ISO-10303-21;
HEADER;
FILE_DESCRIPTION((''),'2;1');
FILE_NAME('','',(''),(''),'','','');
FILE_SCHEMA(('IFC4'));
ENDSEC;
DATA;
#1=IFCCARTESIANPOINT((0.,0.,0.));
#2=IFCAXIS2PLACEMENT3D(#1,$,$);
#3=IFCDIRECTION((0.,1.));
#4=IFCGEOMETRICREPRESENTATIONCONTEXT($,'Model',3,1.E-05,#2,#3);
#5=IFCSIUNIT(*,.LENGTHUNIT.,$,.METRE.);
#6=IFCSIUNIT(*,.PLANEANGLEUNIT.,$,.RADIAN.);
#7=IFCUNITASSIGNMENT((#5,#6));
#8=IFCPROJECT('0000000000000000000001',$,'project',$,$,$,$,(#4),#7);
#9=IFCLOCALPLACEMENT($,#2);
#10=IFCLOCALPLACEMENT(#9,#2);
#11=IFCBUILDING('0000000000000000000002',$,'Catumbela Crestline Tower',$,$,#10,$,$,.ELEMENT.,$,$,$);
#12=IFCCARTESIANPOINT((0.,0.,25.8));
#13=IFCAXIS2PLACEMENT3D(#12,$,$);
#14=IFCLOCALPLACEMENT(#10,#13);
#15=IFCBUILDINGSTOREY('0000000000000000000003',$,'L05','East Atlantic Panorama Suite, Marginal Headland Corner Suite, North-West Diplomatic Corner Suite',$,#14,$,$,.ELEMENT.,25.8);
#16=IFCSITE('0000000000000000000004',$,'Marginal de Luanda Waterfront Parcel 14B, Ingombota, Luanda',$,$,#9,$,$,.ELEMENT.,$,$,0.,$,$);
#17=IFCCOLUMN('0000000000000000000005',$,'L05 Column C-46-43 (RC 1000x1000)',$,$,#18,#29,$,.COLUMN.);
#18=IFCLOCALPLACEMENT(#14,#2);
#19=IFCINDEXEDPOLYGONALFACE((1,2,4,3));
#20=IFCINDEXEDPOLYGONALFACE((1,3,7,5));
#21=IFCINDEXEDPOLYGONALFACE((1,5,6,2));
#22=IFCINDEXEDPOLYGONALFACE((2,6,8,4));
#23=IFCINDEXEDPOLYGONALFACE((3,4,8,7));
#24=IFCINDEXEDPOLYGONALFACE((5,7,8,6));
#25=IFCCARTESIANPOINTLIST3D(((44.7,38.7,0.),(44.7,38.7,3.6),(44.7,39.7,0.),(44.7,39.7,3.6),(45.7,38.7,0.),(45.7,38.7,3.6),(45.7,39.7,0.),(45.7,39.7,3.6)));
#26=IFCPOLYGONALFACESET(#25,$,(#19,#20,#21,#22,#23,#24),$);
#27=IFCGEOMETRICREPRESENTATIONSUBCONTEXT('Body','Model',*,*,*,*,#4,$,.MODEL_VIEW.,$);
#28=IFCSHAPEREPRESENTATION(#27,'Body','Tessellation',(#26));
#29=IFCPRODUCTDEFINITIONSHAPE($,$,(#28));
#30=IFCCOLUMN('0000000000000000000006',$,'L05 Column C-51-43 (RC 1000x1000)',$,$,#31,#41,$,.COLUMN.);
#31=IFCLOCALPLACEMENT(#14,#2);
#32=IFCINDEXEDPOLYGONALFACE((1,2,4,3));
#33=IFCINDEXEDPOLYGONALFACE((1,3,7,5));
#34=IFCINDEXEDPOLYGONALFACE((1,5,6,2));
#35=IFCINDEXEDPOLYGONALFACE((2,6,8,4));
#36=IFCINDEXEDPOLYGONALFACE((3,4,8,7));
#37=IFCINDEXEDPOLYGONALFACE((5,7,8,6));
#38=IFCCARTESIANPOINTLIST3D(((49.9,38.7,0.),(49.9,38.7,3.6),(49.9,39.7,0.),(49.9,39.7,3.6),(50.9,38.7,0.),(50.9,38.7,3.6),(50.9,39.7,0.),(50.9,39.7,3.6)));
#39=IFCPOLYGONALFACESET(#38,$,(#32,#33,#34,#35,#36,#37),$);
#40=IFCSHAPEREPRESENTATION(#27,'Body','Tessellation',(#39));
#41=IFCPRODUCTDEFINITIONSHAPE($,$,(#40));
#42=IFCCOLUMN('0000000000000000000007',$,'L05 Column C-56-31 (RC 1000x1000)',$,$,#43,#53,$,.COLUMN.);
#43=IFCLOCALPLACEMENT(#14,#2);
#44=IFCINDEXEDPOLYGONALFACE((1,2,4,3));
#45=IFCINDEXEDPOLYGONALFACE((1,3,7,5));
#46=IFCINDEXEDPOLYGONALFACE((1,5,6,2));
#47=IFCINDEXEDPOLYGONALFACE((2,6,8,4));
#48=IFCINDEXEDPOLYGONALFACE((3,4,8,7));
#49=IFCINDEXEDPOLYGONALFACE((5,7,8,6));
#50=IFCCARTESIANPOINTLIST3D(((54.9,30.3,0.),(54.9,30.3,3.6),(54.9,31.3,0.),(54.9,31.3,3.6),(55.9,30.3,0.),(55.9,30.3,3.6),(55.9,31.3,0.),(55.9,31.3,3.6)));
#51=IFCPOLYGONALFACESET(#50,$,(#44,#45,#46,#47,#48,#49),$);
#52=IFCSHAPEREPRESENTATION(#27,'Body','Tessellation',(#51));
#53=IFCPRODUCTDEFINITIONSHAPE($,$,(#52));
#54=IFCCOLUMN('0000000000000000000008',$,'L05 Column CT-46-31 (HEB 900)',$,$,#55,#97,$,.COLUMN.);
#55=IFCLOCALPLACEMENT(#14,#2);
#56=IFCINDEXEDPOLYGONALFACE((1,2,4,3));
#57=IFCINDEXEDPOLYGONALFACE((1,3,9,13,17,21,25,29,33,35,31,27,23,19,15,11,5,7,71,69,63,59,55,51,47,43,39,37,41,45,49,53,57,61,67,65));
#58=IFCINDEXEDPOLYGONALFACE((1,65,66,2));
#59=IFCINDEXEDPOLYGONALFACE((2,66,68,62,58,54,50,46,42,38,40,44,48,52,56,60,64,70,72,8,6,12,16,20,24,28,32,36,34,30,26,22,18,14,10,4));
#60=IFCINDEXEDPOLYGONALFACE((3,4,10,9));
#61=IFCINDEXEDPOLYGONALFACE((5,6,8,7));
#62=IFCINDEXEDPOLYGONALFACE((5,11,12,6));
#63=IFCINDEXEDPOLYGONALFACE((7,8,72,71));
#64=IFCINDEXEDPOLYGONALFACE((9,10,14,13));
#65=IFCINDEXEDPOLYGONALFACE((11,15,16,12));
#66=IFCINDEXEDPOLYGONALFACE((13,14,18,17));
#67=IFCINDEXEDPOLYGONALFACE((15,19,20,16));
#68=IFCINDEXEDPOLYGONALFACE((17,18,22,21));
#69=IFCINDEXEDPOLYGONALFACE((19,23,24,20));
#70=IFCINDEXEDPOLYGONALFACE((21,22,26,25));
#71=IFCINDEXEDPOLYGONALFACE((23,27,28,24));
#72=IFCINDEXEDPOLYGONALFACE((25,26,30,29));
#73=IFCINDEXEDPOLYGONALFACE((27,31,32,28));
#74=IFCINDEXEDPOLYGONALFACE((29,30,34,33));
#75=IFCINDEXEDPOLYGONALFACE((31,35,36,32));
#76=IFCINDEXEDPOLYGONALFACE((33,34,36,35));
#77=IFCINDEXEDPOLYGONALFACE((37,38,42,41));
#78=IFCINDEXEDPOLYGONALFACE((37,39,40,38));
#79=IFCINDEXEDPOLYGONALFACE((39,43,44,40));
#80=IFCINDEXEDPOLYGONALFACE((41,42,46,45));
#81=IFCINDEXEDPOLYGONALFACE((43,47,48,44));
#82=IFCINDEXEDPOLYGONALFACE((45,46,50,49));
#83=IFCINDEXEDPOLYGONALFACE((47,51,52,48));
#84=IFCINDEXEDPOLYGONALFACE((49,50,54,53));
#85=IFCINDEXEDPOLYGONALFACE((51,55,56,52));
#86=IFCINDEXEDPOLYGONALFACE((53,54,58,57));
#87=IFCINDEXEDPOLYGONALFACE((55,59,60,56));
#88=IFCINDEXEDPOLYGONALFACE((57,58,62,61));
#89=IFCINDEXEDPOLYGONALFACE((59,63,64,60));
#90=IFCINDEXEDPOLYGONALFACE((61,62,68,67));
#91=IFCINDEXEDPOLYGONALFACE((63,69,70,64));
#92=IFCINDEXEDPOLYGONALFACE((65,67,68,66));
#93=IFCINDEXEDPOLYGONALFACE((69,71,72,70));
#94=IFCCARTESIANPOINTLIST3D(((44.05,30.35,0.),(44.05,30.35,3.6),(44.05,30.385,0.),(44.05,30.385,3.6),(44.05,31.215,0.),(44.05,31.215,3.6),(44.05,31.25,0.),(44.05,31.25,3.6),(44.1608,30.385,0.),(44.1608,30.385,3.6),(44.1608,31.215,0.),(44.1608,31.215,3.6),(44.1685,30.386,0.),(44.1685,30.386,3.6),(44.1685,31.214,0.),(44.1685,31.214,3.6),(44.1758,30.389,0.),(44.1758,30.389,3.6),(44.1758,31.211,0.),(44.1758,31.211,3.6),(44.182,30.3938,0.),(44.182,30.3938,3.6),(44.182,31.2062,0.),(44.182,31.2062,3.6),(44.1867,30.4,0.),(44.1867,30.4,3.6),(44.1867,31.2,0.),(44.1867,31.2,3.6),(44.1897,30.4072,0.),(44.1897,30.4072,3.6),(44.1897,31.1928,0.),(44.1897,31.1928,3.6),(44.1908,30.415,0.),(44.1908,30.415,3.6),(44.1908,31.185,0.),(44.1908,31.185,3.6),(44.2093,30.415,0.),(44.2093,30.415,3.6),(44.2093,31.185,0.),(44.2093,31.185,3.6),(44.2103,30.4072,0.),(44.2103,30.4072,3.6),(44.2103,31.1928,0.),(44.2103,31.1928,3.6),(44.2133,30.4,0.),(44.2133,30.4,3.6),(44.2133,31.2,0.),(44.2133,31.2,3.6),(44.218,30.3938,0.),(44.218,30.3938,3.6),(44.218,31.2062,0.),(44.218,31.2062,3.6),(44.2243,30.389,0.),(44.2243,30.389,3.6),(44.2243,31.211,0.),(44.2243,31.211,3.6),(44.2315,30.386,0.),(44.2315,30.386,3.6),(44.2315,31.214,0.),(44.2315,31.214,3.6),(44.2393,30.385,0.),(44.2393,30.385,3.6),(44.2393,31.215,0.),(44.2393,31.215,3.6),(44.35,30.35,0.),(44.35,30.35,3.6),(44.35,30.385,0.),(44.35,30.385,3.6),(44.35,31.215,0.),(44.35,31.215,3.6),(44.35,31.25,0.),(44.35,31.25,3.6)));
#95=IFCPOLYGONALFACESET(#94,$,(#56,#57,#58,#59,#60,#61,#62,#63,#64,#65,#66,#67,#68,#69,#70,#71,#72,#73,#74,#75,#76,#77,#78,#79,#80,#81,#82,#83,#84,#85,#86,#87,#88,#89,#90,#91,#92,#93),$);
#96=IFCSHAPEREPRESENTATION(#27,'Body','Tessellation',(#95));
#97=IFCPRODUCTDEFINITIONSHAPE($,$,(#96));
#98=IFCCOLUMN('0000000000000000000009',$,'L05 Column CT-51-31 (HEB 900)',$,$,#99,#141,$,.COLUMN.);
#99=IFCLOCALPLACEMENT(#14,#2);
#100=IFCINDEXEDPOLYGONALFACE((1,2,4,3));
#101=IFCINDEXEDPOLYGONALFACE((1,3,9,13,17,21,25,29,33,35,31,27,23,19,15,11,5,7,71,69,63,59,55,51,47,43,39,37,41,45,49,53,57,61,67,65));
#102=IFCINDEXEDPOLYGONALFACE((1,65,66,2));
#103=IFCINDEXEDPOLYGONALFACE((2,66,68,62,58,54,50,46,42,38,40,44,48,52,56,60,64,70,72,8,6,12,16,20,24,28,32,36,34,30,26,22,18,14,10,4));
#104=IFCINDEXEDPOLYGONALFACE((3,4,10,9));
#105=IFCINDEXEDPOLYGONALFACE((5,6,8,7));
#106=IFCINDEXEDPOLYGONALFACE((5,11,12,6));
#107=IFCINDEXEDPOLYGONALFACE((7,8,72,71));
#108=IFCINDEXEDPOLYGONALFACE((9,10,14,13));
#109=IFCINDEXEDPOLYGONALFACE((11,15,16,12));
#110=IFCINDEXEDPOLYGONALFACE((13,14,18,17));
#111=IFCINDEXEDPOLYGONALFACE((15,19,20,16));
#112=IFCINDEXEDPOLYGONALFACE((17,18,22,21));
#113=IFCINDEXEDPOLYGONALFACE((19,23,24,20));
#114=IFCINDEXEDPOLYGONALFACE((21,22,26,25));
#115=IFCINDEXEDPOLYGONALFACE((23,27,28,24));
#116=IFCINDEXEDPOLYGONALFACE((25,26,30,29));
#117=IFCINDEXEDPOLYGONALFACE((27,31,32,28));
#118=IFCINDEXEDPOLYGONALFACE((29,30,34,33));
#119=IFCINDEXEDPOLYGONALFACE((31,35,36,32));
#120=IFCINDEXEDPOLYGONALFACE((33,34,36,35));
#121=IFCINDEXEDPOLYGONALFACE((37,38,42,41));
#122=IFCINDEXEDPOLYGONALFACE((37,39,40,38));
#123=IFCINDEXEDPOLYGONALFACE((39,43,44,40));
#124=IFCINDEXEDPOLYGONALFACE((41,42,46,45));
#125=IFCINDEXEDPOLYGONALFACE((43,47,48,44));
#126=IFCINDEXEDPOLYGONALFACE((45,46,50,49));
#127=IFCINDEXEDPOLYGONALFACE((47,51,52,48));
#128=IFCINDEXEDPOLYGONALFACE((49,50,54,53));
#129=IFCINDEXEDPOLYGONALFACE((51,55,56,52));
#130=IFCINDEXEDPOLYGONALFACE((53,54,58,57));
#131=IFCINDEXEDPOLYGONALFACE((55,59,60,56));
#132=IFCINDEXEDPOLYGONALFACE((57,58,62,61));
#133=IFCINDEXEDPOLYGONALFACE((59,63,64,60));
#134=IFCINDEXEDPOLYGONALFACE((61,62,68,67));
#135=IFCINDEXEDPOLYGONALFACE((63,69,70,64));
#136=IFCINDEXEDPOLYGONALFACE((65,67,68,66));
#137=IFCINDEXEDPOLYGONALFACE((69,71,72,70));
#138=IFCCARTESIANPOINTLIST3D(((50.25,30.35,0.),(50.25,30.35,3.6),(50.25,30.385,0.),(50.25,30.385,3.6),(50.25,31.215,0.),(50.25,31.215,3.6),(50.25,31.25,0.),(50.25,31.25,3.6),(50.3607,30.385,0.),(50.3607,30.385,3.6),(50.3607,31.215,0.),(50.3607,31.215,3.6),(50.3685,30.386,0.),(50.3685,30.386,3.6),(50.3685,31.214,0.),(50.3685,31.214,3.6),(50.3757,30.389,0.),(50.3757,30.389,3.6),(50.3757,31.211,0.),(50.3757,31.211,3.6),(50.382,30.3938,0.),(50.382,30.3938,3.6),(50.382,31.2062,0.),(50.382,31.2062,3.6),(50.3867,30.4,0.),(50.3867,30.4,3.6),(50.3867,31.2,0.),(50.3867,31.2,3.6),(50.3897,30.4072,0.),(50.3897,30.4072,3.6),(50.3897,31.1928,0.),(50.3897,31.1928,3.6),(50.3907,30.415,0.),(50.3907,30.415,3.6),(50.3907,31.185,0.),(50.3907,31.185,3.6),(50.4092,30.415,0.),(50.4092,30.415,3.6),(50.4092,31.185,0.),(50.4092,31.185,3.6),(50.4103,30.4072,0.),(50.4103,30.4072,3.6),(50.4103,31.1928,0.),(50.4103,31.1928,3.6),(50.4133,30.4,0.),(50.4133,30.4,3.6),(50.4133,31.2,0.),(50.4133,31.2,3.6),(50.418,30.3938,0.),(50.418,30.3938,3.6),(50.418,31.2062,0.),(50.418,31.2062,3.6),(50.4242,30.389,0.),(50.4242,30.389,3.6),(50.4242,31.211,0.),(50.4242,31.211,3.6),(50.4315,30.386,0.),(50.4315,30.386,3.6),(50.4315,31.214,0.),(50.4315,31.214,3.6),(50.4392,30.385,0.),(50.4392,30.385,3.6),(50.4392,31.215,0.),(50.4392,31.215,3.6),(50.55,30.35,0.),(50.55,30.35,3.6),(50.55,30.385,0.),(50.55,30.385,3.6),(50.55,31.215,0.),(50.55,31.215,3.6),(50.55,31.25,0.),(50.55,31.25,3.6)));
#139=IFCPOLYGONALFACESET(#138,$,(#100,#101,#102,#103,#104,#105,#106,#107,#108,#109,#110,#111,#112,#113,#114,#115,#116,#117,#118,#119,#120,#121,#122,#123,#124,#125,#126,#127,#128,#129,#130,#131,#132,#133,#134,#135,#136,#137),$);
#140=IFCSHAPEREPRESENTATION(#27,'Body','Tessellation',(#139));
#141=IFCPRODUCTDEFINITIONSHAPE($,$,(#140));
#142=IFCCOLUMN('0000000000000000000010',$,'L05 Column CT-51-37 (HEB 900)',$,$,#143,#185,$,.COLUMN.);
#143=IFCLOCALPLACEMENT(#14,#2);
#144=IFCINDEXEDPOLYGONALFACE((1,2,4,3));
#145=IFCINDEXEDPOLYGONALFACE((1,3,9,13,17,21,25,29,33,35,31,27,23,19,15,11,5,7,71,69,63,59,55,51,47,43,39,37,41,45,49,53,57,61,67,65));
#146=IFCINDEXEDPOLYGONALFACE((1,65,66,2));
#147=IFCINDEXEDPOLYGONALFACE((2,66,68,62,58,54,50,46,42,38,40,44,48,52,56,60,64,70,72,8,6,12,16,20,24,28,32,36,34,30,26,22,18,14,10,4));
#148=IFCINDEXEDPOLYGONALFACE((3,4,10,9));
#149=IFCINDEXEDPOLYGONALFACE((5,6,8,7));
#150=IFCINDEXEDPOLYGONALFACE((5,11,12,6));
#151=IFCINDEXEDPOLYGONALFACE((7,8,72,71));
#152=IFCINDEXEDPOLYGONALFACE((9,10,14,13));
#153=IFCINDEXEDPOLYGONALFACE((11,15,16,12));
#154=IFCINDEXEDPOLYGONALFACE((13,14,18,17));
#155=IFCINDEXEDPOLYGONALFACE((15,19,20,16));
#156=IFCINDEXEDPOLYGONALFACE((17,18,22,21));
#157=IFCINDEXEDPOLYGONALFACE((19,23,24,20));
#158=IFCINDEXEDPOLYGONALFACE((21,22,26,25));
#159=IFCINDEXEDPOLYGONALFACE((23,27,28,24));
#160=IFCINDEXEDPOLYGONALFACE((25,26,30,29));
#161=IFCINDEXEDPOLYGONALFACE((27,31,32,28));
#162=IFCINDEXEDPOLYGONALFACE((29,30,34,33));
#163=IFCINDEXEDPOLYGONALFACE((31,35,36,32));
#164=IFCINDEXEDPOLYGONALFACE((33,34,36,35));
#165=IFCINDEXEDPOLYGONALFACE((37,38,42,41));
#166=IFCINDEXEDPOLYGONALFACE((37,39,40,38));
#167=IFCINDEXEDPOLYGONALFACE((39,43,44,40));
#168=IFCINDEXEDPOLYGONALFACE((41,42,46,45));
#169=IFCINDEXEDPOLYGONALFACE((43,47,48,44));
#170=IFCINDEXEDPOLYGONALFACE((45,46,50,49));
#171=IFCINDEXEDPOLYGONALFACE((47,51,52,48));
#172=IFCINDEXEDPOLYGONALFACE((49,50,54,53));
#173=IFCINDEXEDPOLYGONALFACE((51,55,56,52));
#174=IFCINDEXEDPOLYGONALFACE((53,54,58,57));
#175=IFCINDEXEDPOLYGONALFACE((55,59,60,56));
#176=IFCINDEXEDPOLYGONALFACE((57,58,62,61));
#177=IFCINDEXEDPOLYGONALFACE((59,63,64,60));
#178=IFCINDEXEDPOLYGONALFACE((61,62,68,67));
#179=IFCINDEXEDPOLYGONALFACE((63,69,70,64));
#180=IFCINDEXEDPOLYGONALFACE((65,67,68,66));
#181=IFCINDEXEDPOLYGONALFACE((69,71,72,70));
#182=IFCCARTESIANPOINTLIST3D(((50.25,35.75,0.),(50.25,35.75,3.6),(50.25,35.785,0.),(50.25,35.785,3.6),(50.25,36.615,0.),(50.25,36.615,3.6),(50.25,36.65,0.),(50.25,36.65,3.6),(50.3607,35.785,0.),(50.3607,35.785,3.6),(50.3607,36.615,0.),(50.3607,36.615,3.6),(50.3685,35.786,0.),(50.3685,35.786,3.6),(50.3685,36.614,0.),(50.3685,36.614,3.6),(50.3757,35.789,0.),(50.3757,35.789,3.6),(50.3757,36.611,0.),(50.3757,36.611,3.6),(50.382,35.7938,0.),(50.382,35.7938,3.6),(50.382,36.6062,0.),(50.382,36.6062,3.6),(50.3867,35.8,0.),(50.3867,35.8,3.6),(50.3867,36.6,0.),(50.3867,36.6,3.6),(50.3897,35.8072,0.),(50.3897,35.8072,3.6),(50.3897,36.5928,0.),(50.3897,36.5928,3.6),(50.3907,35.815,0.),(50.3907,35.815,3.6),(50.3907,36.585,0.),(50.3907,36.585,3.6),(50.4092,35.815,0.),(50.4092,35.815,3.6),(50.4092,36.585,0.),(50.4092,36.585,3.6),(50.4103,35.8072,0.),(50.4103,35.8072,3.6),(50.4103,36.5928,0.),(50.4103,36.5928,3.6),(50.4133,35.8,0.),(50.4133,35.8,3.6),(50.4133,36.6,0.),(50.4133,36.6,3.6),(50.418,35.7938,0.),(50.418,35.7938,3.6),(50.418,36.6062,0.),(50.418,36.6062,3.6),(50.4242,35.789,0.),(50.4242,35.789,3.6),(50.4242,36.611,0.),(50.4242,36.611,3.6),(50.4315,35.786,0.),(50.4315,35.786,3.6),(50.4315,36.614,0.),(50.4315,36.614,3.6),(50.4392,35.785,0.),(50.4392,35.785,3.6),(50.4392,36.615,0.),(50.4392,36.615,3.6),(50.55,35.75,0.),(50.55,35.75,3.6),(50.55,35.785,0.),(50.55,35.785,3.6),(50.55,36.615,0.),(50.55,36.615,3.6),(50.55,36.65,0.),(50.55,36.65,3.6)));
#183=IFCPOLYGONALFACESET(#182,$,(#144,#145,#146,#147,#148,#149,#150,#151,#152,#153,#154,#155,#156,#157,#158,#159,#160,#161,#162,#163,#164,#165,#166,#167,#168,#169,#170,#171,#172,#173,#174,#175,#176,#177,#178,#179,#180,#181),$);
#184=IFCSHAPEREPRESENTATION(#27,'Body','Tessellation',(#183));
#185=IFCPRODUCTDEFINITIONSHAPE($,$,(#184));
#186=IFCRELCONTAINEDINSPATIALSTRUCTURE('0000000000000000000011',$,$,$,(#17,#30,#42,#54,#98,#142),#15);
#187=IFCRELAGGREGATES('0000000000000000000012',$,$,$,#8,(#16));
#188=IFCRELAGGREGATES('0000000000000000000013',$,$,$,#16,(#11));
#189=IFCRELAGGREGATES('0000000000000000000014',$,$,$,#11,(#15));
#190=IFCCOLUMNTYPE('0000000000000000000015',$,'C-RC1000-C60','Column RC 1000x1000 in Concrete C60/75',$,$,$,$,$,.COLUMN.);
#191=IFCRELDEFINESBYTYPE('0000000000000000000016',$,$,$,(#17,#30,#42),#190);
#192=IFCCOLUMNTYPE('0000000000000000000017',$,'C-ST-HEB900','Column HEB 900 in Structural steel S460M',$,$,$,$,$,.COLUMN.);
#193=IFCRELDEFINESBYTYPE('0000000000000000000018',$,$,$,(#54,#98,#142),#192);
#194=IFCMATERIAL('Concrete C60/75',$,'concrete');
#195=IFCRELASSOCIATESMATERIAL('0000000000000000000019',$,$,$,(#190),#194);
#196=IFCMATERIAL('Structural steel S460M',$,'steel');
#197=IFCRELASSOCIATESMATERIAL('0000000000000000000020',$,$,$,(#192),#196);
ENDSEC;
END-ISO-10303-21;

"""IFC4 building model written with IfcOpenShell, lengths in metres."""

from ifc_helpers import new_model, si_unit, direction, frame, origin, origin_2d, place, context, subcontext, project, spatial, rectangle, i_section, extrude, material, material_profile, profile_set, type_object, element, save


model = new_model("IFC4")

# Units and contexts
model_context = context("Model", 3, precision=1e-05, world=origin(), true_north=direction((0.0, 1.0)))
body_context = subcontext(model_context, "Body", "Model", "MODEL_VIEW")
ifc_project = project(units=[si_unit("LENGTHUNIT", "METRE"), si_unit("PLANEANGLEUNIT", "RADIAN")], contexts=[model_context])

# Site, building, storey
site_placement = place(None, origin())
site = spatial("IfcSite", under=ifc_project, at=site_placement, Name="Marginal de Luanda Waterfront Parcel 14B, Ingombota, Luanda", CompositionType="ELEMENT", RefElevation=0.0)
building_placement = place(site_placement, origin())
building = spatial("IfcBuilding", under=site, at=building_placement, Name="Catumbela Crestline Tower", CompositionType="ELEMENT")
storey_placement = place(building_placement, frame((0.0, 0.0, 25.8)))
storey = spatial("IfcBuildingStorey", under=building, at=storey_placement, Name="L05", Description="East Atlantic Panorama Suite, Marginal Headland Corner Suite, North-West Diplomatic Corner Suite", CompositionType="ELEMENT", Elevation=25.8)

# Columns
ifc_material_1 = material(Name="Concrete C60/75", Category="concrete")
ifc_material_profile_1 = material_profile(ifc_material_1, rectangle(XDim=1.0, YDim=1.0, at=origin_2d()), Name="RC 1000x1000")
ifc_profile_set_1 = profile_set([ifc_material_profile_1], Name="Concrete C60/75")
column_type_1 = type_object("IfcColumnType", Name="C-RC1000-C60", Description="Column RC 1000x1000 in Concrete C60/75", PredefinedType="COLUMN", material=ifc_profile_set_1)
for number, where, z_axis, x_axis, name in (
    (1, (45.2, 39.2, 0.0), (0.0, 0.0, 1.0), (1.0, 0.0, 0.0), "L05 Column C-46-43 (RC 1000x1000)"),
    (2, (50.4, 39.2, 0.0), (0.0, 0.0, 1.0), (1.0, 0.0, 0.0), "L05 Column C-51-43 (RC 1000x1000)"),
    (3, (55.4, 30.8, 0.0), (0.0, 0.0, 1.0), (1.0, 0.0, 0.0), "L05 Column C-56-31 (RC 1000x1000)"),
):
    element("IfcColumn", number, at=place(storey_placement, frame(where, z_axis=z_axis, x_axis=x_axis)), inside=storey, type_object=column_type_1, Name=name, PredefinedType="COLUMN", context=body_context, shape_type="SweptSolid", body=[
        extrude(rectangle(XDim=1.0, YDim=1.0, at=origin_2d()), origin(), (0.0, 0.0, 1.0), 3.6),
    ])
ifc_material_2 = material(Name="Structural steel S460M", Category="steel")
ifc_material_profile_2 = material_profile(ifc_material_2, i_section(OverallWidth=0.3, OverallDepth=0.9, WebThickness=0.0185, FlangeThickness=0.035, FilletRadius=0.03, at=origin_2d()), Name="HEB 900")
ifc_profile_set_2 = profile_set([ifc_material_profile_2], Name="Structural steel S460M")
column_type_2 = type_object("IfcColumnType", Name="C-ST-HEB900", Description="Column HEB 900 in Structural steel S460M", PredefinedType="COLUMN", material=ifc_profile_set_2)
for number, where, z_axis, x_axis, name in (
    (4, (44.2, 30.8, 0.0), (0.0, 0.0, 1.0), (1.0, 0.0, 0.0), "L05 Column CT-46-31 (HEB 900)"),
    (5, (50.4, 30.8, 0.0), (0.0, 0.0, 1.0), (1.0, 0.0, 0.0), "L05 Column CT-51-31 (HEB 900)"),
    (6, (50.4, 36.2, 0.0), (0.0, 0.0, 1.0), (1.0, 0.0, 0.0), "L05 Column CT-51-37 (HEB 900)"),
):
    element("IfcColumn", number, at=place(storey_placement, frame(where, z_axis=z_axis, x_axis=x_axis)), inside=storey, type_object=column_type_2, Name=name, PredefinedType="COLUMN", context=body_context, shape_type="SweptSolid", body=[
        extrude(i_section(OverallWidth=0.3, OverallDepth=0.9, WebThickness=0.0185, FlangeThickness=0.035, FilletRadius=0.03, at=origin_2d()), origin(), (0.0, 0.0, 1.0), 3.6),
    ])

save(model, "model.ifc")
